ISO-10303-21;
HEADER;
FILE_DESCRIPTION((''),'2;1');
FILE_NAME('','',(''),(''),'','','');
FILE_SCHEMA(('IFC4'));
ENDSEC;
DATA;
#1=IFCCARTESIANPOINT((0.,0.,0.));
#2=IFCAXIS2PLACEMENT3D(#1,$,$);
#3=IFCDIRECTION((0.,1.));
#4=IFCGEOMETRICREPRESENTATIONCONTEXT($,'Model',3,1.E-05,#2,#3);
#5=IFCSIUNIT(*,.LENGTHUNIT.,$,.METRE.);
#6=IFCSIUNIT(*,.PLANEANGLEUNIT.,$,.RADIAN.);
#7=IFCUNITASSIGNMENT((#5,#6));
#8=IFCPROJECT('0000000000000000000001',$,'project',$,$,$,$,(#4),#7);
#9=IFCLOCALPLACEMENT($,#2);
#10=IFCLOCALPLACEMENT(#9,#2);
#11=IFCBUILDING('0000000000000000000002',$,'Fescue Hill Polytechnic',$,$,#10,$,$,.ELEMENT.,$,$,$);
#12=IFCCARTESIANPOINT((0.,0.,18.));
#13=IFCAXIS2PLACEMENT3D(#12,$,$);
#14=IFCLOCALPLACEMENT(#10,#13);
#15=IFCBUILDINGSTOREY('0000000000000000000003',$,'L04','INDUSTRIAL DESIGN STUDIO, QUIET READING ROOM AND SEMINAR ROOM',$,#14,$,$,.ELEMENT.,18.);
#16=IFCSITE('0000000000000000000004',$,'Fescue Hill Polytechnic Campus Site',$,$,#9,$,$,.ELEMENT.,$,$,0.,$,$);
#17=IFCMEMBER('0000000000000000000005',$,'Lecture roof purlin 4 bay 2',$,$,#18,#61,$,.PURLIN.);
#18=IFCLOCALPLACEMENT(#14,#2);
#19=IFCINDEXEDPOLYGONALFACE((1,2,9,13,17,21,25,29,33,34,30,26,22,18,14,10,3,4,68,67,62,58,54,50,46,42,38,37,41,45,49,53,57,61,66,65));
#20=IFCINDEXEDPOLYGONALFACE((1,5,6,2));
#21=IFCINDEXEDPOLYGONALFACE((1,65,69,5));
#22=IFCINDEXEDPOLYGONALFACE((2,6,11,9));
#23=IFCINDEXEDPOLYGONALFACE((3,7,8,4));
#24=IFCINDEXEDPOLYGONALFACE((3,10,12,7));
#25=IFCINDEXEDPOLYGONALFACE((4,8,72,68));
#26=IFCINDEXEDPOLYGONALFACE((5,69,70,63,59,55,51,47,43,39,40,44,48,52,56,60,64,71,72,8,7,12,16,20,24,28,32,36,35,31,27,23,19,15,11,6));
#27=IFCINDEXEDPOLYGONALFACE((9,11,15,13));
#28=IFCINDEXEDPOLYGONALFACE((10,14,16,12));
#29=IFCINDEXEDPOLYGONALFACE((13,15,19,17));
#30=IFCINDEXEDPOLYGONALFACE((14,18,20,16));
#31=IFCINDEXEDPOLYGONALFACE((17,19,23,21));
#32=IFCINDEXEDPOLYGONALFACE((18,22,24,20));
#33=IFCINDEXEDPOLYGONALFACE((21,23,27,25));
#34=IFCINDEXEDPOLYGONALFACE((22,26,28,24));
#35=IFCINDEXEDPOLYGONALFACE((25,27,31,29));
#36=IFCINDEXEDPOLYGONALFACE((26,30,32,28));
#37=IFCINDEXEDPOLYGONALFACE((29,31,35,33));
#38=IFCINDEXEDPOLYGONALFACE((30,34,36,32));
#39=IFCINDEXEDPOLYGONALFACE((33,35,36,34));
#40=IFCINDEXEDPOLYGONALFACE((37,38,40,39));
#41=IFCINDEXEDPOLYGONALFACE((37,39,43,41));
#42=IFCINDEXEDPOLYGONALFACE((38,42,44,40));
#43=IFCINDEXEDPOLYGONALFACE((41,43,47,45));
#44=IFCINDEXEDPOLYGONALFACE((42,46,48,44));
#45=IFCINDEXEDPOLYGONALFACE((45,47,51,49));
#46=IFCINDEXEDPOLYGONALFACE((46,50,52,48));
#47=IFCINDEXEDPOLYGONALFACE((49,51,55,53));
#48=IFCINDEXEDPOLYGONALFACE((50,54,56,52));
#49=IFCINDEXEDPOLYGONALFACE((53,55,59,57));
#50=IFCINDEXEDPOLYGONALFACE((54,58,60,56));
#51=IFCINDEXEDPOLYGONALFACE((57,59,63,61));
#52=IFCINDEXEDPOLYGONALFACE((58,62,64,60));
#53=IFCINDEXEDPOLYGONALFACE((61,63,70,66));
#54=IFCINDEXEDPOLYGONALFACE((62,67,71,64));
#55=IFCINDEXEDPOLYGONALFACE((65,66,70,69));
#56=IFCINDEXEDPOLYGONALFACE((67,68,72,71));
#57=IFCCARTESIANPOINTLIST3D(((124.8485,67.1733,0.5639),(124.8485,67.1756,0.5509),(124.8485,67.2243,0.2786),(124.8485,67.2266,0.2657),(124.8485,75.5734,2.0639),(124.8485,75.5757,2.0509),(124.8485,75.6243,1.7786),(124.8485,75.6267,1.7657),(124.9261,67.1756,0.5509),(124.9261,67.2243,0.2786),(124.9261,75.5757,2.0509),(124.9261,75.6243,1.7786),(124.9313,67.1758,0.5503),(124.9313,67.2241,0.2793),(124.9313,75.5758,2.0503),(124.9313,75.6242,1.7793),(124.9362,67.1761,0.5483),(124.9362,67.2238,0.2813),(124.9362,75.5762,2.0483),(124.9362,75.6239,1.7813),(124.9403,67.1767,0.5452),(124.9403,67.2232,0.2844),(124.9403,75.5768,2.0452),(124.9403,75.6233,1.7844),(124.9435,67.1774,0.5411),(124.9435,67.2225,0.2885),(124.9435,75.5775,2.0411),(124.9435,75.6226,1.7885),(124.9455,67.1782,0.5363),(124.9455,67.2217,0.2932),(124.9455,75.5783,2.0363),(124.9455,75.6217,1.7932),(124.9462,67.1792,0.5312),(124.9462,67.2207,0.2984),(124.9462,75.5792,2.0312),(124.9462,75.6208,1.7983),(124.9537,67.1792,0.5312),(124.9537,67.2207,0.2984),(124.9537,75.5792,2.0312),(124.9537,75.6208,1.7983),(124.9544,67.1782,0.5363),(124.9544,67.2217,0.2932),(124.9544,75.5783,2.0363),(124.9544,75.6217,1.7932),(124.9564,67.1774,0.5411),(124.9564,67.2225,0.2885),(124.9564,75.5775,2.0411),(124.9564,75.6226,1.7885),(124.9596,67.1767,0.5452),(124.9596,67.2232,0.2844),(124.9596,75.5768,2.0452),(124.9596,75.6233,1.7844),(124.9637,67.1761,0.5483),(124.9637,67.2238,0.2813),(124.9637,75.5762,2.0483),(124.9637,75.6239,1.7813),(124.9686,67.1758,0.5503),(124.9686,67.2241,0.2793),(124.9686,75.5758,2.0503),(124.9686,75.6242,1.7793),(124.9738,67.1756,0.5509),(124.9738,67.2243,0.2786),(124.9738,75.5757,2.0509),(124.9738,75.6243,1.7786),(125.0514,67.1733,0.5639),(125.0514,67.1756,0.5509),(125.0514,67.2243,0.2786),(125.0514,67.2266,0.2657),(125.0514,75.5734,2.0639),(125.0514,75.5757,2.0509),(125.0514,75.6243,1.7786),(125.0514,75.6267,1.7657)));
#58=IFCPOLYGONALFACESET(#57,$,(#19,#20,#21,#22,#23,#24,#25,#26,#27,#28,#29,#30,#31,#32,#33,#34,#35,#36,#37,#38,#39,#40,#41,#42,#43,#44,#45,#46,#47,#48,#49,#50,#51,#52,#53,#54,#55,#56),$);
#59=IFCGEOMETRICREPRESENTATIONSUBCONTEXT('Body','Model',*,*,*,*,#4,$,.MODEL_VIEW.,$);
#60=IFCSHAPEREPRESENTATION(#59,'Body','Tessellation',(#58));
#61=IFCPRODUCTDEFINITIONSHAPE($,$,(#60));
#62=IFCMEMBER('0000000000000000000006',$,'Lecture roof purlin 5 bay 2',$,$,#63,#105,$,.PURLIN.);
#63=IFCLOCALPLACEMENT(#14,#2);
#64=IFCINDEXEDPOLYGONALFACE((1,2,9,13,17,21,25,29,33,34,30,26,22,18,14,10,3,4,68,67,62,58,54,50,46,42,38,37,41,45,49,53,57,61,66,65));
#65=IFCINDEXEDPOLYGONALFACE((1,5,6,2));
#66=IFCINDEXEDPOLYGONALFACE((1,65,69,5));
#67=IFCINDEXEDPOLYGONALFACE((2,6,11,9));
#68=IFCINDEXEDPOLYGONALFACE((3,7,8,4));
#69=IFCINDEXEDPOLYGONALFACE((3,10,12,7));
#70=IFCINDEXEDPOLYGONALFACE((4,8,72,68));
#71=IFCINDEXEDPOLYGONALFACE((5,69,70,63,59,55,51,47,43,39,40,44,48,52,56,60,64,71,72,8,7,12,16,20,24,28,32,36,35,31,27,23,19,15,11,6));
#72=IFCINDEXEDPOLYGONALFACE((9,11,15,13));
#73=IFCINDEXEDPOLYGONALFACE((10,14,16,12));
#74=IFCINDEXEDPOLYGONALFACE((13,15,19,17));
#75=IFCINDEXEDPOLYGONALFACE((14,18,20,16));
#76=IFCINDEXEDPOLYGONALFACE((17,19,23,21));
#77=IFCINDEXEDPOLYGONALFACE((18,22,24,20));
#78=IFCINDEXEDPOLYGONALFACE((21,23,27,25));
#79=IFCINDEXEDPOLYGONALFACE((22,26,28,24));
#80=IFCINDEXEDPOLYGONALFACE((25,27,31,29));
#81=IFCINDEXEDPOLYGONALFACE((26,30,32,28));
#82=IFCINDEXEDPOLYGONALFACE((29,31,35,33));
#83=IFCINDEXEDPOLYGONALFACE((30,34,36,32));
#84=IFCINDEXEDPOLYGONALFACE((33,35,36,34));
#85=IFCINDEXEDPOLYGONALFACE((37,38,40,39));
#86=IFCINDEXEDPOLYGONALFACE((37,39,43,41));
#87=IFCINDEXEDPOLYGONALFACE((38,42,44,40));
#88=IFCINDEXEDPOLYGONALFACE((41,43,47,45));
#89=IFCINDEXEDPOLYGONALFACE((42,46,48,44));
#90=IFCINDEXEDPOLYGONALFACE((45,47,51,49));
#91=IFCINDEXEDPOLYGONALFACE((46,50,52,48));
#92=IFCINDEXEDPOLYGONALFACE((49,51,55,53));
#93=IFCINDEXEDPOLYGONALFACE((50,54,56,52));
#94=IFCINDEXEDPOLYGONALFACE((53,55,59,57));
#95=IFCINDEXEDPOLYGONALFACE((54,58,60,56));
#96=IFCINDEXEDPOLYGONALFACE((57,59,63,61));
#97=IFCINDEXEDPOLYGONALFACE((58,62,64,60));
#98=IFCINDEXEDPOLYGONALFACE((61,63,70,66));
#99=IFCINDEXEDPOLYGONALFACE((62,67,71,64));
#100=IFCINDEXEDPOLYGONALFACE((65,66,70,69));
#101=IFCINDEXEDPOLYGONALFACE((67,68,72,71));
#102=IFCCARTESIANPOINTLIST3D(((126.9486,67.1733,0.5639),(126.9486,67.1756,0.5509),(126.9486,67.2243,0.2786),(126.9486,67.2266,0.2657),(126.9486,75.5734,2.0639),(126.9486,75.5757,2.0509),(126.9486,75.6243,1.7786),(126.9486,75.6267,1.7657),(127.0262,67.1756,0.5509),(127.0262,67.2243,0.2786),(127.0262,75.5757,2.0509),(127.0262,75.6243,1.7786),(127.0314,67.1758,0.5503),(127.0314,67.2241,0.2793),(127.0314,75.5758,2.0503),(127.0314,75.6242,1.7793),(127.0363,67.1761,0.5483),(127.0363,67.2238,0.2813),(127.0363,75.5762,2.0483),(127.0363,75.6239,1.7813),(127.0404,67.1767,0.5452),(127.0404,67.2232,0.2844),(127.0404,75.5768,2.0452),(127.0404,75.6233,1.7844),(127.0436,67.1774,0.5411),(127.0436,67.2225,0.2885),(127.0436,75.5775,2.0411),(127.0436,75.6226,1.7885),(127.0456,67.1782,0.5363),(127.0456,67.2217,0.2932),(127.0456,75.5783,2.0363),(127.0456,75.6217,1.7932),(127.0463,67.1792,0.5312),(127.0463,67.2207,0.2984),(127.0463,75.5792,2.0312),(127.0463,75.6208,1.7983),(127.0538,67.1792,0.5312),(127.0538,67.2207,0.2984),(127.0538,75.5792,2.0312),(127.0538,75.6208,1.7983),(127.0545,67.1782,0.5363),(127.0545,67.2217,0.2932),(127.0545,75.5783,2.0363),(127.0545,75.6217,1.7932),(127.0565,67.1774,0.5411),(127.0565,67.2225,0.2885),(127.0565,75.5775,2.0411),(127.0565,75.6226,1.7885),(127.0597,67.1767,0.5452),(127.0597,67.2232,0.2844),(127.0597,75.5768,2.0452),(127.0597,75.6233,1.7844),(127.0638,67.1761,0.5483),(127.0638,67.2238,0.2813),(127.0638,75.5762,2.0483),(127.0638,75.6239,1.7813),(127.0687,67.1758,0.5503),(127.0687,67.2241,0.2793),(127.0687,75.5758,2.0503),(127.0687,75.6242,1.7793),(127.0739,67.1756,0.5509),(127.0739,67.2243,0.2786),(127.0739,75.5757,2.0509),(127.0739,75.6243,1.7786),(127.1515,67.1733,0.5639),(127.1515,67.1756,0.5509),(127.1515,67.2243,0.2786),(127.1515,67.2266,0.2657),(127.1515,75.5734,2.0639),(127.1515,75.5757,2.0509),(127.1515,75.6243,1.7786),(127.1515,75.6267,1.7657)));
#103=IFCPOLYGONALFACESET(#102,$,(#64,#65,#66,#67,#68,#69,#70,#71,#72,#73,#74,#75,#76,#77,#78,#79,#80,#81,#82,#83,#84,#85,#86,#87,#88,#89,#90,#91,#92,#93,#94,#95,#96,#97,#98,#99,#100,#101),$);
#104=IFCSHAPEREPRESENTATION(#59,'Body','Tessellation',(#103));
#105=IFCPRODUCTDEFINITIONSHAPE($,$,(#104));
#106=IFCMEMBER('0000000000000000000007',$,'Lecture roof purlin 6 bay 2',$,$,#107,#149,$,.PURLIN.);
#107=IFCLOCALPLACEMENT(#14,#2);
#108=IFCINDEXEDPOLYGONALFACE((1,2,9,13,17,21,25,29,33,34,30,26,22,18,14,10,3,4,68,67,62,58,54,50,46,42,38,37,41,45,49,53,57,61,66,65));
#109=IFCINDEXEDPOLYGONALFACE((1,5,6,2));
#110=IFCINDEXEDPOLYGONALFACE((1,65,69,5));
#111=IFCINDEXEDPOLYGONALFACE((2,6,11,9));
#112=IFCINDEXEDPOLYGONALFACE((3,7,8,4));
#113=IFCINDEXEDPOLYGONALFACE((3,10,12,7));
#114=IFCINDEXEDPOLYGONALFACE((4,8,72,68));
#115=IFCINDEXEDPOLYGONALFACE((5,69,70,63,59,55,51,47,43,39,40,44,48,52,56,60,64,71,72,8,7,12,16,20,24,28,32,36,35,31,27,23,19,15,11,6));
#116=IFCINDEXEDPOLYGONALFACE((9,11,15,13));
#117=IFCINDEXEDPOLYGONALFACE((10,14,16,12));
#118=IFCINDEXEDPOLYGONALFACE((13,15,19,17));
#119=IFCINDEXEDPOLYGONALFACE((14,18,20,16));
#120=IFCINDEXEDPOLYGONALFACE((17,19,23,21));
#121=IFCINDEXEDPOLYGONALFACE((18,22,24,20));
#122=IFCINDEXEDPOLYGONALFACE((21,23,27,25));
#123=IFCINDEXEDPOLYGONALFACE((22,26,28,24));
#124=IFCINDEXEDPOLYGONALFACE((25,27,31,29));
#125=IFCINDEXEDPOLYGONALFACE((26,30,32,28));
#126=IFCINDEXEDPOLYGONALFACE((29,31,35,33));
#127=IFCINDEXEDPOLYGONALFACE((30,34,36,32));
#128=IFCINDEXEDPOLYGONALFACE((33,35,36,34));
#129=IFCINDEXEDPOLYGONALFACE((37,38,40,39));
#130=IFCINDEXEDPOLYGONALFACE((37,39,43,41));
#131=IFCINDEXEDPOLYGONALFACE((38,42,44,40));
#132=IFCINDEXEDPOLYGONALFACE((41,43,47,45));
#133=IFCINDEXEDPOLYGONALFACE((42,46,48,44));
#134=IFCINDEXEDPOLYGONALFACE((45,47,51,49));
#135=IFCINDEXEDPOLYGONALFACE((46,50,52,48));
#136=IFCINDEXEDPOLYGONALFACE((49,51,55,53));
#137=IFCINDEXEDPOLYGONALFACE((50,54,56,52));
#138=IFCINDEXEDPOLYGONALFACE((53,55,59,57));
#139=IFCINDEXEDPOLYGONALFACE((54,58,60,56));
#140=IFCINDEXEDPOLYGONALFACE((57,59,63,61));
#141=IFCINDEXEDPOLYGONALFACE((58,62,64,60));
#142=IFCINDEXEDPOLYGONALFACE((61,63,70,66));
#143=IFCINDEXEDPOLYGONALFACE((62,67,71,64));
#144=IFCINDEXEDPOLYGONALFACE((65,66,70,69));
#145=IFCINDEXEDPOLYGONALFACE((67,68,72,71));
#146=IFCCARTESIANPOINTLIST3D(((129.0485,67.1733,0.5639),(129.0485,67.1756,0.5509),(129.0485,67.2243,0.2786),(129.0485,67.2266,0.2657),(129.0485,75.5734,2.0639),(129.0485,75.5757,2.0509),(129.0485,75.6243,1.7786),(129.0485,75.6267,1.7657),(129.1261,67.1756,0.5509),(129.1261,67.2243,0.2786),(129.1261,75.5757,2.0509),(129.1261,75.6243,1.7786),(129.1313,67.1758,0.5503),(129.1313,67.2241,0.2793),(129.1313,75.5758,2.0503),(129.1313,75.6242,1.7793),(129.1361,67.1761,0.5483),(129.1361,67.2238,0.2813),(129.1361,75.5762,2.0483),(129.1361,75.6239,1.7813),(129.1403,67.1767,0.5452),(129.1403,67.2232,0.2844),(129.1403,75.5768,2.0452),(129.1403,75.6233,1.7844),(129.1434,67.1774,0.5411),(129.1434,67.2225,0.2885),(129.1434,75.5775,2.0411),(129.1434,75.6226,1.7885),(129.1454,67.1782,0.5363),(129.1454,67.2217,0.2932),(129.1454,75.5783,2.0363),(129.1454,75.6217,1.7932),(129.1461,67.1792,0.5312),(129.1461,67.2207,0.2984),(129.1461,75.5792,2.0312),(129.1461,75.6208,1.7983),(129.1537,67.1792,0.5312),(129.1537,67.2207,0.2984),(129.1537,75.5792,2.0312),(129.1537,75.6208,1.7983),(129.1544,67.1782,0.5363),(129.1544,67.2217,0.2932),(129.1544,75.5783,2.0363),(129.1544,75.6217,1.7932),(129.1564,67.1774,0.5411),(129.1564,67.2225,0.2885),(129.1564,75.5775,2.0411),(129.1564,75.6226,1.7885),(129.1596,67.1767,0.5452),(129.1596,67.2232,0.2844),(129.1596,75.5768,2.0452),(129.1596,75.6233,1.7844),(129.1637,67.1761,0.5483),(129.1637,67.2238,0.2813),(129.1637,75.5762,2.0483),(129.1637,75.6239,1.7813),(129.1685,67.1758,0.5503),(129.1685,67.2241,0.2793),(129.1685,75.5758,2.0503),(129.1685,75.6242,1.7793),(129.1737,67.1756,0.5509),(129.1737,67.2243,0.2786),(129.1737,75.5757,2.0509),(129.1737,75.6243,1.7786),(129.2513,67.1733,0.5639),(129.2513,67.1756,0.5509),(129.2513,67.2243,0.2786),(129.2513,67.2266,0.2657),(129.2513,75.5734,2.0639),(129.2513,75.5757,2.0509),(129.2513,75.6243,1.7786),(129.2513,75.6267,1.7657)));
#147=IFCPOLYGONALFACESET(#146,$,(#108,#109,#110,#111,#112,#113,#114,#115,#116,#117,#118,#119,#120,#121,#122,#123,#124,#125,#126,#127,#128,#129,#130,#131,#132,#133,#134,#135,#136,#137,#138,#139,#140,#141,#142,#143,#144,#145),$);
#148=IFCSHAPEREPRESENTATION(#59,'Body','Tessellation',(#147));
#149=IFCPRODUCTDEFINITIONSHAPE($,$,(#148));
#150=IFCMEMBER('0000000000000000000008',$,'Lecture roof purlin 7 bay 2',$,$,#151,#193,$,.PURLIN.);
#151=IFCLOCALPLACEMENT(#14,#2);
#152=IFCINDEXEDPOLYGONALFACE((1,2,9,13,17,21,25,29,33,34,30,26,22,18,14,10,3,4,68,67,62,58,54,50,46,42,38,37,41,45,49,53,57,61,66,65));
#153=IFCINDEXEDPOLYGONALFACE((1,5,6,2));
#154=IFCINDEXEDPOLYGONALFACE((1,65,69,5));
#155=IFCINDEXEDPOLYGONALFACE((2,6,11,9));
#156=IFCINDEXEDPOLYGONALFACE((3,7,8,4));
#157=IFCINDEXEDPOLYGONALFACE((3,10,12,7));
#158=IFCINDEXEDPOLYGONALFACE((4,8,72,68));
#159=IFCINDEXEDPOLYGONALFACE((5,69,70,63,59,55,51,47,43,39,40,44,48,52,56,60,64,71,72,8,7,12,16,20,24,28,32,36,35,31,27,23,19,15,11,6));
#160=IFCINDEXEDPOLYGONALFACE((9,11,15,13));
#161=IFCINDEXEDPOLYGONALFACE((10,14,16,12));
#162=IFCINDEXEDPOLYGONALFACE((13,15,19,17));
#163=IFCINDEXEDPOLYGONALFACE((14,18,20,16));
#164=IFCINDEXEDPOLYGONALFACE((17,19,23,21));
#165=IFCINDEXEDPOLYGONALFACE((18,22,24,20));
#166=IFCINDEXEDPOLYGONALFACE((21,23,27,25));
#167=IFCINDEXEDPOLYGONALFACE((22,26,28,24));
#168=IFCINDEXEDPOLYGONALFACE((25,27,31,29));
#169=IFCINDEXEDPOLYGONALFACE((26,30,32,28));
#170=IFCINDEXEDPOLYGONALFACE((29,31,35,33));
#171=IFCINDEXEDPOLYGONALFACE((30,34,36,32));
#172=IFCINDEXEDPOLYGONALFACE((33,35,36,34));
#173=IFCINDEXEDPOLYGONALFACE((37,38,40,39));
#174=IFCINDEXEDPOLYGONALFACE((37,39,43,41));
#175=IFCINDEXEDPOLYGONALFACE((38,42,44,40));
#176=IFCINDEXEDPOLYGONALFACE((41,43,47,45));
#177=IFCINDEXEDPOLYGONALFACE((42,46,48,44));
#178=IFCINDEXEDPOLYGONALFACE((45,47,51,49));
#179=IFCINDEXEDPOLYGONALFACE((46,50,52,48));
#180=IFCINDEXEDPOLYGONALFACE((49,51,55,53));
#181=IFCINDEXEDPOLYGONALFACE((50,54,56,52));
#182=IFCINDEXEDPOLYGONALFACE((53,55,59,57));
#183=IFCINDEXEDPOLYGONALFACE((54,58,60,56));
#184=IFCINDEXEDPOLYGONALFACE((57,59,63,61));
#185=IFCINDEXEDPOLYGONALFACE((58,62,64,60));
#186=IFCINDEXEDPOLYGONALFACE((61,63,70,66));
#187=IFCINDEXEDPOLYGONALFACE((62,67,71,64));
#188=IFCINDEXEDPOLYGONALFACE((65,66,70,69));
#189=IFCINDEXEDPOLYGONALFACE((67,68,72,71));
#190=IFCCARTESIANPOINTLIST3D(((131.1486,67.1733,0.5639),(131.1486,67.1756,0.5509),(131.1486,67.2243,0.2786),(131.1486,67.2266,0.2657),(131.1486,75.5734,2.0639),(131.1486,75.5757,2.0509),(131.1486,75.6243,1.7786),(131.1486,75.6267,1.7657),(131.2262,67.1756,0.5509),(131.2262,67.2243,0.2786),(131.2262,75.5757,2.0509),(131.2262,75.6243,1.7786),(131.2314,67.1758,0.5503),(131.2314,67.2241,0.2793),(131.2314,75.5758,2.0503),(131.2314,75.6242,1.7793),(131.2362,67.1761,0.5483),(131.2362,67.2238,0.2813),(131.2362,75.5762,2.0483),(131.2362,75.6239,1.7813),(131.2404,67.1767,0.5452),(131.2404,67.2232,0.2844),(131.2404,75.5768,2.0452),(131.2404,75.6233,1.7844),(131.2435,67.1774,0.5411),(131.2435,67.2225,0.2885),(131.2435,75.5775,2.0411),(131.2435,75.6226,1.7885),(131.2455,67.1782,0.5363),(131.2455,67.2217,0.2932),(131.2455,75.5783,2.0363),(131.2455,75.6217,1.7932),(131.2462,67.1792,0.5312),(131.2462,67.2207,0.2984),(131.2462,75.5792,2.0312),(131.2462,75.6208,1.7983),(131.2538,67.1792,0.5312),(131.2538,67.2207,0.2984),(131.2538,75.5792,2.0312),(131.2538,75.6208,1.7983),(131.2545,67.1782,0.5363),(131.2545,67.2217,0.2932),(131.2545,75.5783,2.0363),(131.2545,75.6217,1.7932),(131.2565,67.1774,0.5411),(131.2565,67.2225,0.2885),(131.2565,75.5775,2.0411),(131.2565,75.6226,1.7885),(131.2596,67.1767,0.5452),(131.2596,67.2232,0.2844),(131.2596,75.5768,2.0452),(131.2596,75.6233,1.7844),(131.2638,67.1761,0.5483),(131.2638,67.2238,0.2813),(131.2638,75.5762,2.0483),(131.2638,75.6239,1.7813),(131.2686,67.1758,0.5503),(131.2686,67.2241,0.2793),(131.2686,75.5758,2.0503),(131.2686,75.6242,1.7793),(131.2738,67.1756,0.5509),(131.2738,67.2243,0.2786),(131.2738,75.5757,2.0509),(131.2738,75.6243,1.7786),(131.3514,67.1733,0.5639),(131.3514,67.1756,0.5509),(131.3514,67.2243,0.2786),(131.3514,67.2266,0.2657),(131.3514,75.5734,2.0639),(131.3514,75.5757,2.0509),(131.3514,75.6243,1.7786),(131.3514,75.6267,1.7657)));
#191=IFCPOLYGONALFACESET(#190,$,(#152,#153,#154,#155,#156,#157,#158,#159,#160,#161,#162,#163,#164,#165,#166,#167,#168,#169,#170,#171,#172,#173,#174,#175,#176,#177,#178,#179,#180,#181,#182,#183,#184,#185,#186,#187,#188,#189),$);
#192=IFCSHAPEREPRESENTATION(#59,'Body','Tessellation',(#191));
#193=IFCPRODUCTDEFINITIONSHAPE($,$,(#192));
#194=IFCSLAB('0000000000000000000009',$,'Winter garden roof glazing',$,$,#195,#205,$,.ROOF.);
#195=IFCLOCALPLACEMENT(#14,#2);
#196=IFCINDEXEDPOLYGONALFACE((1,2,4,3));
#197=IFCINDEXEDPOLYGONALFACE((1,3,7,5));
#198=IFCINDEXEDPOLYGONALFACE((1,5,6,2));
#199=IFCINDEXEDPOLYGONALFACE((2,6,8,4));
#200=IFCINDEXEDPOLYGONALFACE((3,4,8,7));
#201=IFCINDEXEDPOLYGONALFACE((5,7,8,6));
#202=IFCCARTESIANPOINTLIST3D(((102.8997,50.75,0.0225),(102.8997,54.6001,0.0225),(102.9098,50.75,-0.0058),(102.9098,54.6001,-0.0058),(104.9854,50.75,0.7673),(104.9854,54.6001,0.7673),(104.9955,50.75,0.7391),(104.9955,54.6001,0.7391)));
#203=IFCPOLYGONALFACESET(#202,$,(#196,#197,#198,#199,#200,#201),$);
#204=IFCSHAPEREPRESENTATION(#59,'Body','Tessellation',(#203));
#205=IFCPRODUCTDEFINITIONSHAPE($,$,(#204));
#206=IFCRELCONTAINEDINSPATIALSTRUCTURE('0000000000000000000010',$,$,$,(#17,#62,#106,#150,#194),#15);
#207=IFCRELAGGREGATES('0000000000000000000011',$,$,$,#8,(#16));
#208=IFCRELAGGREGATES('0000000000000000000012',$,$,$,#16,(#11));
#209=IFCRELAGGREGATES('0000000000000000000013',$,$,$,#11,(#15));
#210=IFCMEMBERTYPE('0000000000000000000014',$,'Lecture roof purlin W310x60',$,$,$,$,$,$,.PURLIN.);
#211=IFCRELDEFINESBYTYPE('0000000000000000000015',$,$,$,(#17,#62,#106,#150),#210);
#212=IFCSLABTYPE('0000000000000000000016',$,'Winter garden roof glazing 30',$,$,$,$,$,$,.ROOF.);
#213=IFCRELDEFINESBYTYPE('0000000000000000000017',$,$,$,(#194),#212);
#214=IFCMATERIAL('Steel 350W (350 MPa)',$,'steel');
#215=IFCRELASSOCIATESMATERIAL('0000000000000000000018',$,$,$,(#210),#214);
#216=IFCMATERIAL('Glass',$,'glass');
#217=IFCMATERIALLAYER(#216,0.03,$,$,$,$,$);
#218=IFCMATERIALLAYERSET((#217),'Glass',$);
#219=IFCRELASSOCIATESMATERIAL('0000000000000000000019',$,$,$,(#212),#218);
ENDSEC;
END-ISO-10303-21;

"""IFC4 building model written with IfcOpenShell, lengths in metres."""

from ifc_helpers import new_model, si_unit, direction, frame, origin, origin_2d, place, context, subcontext, project, spatial, polyline, i_section, outline, extrude, material, layer, layer_set, material_profile, profile_set, type_object, element, save


model = new_model("IFC4")

# Units and contexts
model_context = context("Model", 3, precision=1e-05, world=origin(), true_north=direction((0.0, 1.0)))
body_context = subcontext(model_context, "Body", "Model", "MODEL_VIEW")
ifc_project = project(units=[si_unit("LENGTHUNIT", "METRE"), si_unit("PLANEANGLEUNIT", "RADIAN")], contexts=[model_context])

# Site, building, storey
site_placement = place(None, origin())
site = spatial("IfcSite", under=ifc_project, at=site_placement, Name="Fescue Hill Polytechnic Campus Site", CompositionType="ELEMENT", RefElevation=0.0)
building_placement = place(site_placement, origin())
building = spatial("IfcBuilding", under=site, at=building_placement, Name="Fescue Hill Polytechnic", CompositionType="ELEMENT")
storey_placement = place(building_placement, frame((0.0, 0.0, 18.0)))
storey = spatial("IfcBuildingStorey", under=building, at=storey_placement, Name="L04", Description="INDUSTRIAL DESIGN STUDIO, QUIET READING ROOM AND SEMINAR ROOM", CompositionType="ELEMENT", Elevation=18.0)

# Members
ifc_material_1 = material(Name="Steel 350W (350 MPa)", Category="steel")
ifc_material_profile_1 = material_profile(ifc_material_1, i_section(OverallWidth=0.2029, OverallDepth=0.303, WebThickness=0.0076, FlangeThickness=0.0132, FilletRadius=0.02, at=origin_2d()), Name="W310x60")
ifc_profile_set_1 = profile_set([ifc_material_profile_1], Name="Steel 350W (350 MPa)")
member_type = type_object("IfcMemberType", Name="Lecture roof purlin W310x60", PredefinedType="PURLIN", material=ifc_profile_set_1)
for number, where, z_axis, x_axis, name in (
    (1, (124.95, 67.2, 0.4148), (0.0, 0.984428, 0.175788), (-1.0, 0.0, 0.0), "Lecture roof purlin 4 bay 2"),
    (2, (127.05, 67.2, 0.4148), (0.0, 0.984428, 0.175788), (-1.0, 0.0, 0.0), "Lecture roof purlin 5 bay 2"),
    (3, (129.1499, 67.2, 0.4148), (0.0, 0.984428, 0.175788), (-1.0, 0.0, 0.0), "Lecture roof purlin 6 bay 2"),
    (4, (131.25, 67.2, 0.4148), (0.0, 0.984428, 0.175788), (-1.0, 0.0, 0.0), "Lecture roof purlin 7 bay 2"),
):
    element("IfcMember", number, at=place(storey_placement, frame(where, z_axis=z_axis, x_axis=x_axis)), inside=storey, type_object=member_type, Name=name, PredefinedType="PURLIN", context=body_context, shape_type="SweptSolid", body=[
        extrude(i_section(OverallWidth=0.2029, OverallDepth=0.303, WebThickness=0.0076, FlangeThickness=0.0132, FilletRadius=0.02, at=origin_2d()), origin(), (0.0, 0.0, 1.0), 8.533),
    ])

# Slab
ifc_material_2 = material(Name="Glass", Category="glass")
ifc_layer = layer(ifc_material_2, 0.03)
ifc_layer_set = layer_set([ifc_layer], Name="Glass")
slab_type = type_object("IfcSlabType", Name="Winter garden roof glazing 30", PredefinedType="ROOF", material=ifc_layer_set)
slab_1_placement = place(storey_placement, frame((102.8997, 50.75, 0.0225), z_axis=(-0.336329, 0.0, 0.941744), x_axis=(0.0, 1.0, 0.0)))
element("IfcSlab", 5, at=slab_1_placement, inside=storey, type_object=slab_type, Name="Winter garden roof glazing", PredefinedType="ROOF", context=body_context, shape_type="SweptSolid", body=[
    extrude(outline(polyline([(0.0, 0.0), (3.8501, 0.0), (3.8501, -2.2147), (0.0, -2.2147), (0.0, 0.0)])), origin(), (0.0, 0.0, -1.0), 0.03),
])

save(model, "model.ifc")
